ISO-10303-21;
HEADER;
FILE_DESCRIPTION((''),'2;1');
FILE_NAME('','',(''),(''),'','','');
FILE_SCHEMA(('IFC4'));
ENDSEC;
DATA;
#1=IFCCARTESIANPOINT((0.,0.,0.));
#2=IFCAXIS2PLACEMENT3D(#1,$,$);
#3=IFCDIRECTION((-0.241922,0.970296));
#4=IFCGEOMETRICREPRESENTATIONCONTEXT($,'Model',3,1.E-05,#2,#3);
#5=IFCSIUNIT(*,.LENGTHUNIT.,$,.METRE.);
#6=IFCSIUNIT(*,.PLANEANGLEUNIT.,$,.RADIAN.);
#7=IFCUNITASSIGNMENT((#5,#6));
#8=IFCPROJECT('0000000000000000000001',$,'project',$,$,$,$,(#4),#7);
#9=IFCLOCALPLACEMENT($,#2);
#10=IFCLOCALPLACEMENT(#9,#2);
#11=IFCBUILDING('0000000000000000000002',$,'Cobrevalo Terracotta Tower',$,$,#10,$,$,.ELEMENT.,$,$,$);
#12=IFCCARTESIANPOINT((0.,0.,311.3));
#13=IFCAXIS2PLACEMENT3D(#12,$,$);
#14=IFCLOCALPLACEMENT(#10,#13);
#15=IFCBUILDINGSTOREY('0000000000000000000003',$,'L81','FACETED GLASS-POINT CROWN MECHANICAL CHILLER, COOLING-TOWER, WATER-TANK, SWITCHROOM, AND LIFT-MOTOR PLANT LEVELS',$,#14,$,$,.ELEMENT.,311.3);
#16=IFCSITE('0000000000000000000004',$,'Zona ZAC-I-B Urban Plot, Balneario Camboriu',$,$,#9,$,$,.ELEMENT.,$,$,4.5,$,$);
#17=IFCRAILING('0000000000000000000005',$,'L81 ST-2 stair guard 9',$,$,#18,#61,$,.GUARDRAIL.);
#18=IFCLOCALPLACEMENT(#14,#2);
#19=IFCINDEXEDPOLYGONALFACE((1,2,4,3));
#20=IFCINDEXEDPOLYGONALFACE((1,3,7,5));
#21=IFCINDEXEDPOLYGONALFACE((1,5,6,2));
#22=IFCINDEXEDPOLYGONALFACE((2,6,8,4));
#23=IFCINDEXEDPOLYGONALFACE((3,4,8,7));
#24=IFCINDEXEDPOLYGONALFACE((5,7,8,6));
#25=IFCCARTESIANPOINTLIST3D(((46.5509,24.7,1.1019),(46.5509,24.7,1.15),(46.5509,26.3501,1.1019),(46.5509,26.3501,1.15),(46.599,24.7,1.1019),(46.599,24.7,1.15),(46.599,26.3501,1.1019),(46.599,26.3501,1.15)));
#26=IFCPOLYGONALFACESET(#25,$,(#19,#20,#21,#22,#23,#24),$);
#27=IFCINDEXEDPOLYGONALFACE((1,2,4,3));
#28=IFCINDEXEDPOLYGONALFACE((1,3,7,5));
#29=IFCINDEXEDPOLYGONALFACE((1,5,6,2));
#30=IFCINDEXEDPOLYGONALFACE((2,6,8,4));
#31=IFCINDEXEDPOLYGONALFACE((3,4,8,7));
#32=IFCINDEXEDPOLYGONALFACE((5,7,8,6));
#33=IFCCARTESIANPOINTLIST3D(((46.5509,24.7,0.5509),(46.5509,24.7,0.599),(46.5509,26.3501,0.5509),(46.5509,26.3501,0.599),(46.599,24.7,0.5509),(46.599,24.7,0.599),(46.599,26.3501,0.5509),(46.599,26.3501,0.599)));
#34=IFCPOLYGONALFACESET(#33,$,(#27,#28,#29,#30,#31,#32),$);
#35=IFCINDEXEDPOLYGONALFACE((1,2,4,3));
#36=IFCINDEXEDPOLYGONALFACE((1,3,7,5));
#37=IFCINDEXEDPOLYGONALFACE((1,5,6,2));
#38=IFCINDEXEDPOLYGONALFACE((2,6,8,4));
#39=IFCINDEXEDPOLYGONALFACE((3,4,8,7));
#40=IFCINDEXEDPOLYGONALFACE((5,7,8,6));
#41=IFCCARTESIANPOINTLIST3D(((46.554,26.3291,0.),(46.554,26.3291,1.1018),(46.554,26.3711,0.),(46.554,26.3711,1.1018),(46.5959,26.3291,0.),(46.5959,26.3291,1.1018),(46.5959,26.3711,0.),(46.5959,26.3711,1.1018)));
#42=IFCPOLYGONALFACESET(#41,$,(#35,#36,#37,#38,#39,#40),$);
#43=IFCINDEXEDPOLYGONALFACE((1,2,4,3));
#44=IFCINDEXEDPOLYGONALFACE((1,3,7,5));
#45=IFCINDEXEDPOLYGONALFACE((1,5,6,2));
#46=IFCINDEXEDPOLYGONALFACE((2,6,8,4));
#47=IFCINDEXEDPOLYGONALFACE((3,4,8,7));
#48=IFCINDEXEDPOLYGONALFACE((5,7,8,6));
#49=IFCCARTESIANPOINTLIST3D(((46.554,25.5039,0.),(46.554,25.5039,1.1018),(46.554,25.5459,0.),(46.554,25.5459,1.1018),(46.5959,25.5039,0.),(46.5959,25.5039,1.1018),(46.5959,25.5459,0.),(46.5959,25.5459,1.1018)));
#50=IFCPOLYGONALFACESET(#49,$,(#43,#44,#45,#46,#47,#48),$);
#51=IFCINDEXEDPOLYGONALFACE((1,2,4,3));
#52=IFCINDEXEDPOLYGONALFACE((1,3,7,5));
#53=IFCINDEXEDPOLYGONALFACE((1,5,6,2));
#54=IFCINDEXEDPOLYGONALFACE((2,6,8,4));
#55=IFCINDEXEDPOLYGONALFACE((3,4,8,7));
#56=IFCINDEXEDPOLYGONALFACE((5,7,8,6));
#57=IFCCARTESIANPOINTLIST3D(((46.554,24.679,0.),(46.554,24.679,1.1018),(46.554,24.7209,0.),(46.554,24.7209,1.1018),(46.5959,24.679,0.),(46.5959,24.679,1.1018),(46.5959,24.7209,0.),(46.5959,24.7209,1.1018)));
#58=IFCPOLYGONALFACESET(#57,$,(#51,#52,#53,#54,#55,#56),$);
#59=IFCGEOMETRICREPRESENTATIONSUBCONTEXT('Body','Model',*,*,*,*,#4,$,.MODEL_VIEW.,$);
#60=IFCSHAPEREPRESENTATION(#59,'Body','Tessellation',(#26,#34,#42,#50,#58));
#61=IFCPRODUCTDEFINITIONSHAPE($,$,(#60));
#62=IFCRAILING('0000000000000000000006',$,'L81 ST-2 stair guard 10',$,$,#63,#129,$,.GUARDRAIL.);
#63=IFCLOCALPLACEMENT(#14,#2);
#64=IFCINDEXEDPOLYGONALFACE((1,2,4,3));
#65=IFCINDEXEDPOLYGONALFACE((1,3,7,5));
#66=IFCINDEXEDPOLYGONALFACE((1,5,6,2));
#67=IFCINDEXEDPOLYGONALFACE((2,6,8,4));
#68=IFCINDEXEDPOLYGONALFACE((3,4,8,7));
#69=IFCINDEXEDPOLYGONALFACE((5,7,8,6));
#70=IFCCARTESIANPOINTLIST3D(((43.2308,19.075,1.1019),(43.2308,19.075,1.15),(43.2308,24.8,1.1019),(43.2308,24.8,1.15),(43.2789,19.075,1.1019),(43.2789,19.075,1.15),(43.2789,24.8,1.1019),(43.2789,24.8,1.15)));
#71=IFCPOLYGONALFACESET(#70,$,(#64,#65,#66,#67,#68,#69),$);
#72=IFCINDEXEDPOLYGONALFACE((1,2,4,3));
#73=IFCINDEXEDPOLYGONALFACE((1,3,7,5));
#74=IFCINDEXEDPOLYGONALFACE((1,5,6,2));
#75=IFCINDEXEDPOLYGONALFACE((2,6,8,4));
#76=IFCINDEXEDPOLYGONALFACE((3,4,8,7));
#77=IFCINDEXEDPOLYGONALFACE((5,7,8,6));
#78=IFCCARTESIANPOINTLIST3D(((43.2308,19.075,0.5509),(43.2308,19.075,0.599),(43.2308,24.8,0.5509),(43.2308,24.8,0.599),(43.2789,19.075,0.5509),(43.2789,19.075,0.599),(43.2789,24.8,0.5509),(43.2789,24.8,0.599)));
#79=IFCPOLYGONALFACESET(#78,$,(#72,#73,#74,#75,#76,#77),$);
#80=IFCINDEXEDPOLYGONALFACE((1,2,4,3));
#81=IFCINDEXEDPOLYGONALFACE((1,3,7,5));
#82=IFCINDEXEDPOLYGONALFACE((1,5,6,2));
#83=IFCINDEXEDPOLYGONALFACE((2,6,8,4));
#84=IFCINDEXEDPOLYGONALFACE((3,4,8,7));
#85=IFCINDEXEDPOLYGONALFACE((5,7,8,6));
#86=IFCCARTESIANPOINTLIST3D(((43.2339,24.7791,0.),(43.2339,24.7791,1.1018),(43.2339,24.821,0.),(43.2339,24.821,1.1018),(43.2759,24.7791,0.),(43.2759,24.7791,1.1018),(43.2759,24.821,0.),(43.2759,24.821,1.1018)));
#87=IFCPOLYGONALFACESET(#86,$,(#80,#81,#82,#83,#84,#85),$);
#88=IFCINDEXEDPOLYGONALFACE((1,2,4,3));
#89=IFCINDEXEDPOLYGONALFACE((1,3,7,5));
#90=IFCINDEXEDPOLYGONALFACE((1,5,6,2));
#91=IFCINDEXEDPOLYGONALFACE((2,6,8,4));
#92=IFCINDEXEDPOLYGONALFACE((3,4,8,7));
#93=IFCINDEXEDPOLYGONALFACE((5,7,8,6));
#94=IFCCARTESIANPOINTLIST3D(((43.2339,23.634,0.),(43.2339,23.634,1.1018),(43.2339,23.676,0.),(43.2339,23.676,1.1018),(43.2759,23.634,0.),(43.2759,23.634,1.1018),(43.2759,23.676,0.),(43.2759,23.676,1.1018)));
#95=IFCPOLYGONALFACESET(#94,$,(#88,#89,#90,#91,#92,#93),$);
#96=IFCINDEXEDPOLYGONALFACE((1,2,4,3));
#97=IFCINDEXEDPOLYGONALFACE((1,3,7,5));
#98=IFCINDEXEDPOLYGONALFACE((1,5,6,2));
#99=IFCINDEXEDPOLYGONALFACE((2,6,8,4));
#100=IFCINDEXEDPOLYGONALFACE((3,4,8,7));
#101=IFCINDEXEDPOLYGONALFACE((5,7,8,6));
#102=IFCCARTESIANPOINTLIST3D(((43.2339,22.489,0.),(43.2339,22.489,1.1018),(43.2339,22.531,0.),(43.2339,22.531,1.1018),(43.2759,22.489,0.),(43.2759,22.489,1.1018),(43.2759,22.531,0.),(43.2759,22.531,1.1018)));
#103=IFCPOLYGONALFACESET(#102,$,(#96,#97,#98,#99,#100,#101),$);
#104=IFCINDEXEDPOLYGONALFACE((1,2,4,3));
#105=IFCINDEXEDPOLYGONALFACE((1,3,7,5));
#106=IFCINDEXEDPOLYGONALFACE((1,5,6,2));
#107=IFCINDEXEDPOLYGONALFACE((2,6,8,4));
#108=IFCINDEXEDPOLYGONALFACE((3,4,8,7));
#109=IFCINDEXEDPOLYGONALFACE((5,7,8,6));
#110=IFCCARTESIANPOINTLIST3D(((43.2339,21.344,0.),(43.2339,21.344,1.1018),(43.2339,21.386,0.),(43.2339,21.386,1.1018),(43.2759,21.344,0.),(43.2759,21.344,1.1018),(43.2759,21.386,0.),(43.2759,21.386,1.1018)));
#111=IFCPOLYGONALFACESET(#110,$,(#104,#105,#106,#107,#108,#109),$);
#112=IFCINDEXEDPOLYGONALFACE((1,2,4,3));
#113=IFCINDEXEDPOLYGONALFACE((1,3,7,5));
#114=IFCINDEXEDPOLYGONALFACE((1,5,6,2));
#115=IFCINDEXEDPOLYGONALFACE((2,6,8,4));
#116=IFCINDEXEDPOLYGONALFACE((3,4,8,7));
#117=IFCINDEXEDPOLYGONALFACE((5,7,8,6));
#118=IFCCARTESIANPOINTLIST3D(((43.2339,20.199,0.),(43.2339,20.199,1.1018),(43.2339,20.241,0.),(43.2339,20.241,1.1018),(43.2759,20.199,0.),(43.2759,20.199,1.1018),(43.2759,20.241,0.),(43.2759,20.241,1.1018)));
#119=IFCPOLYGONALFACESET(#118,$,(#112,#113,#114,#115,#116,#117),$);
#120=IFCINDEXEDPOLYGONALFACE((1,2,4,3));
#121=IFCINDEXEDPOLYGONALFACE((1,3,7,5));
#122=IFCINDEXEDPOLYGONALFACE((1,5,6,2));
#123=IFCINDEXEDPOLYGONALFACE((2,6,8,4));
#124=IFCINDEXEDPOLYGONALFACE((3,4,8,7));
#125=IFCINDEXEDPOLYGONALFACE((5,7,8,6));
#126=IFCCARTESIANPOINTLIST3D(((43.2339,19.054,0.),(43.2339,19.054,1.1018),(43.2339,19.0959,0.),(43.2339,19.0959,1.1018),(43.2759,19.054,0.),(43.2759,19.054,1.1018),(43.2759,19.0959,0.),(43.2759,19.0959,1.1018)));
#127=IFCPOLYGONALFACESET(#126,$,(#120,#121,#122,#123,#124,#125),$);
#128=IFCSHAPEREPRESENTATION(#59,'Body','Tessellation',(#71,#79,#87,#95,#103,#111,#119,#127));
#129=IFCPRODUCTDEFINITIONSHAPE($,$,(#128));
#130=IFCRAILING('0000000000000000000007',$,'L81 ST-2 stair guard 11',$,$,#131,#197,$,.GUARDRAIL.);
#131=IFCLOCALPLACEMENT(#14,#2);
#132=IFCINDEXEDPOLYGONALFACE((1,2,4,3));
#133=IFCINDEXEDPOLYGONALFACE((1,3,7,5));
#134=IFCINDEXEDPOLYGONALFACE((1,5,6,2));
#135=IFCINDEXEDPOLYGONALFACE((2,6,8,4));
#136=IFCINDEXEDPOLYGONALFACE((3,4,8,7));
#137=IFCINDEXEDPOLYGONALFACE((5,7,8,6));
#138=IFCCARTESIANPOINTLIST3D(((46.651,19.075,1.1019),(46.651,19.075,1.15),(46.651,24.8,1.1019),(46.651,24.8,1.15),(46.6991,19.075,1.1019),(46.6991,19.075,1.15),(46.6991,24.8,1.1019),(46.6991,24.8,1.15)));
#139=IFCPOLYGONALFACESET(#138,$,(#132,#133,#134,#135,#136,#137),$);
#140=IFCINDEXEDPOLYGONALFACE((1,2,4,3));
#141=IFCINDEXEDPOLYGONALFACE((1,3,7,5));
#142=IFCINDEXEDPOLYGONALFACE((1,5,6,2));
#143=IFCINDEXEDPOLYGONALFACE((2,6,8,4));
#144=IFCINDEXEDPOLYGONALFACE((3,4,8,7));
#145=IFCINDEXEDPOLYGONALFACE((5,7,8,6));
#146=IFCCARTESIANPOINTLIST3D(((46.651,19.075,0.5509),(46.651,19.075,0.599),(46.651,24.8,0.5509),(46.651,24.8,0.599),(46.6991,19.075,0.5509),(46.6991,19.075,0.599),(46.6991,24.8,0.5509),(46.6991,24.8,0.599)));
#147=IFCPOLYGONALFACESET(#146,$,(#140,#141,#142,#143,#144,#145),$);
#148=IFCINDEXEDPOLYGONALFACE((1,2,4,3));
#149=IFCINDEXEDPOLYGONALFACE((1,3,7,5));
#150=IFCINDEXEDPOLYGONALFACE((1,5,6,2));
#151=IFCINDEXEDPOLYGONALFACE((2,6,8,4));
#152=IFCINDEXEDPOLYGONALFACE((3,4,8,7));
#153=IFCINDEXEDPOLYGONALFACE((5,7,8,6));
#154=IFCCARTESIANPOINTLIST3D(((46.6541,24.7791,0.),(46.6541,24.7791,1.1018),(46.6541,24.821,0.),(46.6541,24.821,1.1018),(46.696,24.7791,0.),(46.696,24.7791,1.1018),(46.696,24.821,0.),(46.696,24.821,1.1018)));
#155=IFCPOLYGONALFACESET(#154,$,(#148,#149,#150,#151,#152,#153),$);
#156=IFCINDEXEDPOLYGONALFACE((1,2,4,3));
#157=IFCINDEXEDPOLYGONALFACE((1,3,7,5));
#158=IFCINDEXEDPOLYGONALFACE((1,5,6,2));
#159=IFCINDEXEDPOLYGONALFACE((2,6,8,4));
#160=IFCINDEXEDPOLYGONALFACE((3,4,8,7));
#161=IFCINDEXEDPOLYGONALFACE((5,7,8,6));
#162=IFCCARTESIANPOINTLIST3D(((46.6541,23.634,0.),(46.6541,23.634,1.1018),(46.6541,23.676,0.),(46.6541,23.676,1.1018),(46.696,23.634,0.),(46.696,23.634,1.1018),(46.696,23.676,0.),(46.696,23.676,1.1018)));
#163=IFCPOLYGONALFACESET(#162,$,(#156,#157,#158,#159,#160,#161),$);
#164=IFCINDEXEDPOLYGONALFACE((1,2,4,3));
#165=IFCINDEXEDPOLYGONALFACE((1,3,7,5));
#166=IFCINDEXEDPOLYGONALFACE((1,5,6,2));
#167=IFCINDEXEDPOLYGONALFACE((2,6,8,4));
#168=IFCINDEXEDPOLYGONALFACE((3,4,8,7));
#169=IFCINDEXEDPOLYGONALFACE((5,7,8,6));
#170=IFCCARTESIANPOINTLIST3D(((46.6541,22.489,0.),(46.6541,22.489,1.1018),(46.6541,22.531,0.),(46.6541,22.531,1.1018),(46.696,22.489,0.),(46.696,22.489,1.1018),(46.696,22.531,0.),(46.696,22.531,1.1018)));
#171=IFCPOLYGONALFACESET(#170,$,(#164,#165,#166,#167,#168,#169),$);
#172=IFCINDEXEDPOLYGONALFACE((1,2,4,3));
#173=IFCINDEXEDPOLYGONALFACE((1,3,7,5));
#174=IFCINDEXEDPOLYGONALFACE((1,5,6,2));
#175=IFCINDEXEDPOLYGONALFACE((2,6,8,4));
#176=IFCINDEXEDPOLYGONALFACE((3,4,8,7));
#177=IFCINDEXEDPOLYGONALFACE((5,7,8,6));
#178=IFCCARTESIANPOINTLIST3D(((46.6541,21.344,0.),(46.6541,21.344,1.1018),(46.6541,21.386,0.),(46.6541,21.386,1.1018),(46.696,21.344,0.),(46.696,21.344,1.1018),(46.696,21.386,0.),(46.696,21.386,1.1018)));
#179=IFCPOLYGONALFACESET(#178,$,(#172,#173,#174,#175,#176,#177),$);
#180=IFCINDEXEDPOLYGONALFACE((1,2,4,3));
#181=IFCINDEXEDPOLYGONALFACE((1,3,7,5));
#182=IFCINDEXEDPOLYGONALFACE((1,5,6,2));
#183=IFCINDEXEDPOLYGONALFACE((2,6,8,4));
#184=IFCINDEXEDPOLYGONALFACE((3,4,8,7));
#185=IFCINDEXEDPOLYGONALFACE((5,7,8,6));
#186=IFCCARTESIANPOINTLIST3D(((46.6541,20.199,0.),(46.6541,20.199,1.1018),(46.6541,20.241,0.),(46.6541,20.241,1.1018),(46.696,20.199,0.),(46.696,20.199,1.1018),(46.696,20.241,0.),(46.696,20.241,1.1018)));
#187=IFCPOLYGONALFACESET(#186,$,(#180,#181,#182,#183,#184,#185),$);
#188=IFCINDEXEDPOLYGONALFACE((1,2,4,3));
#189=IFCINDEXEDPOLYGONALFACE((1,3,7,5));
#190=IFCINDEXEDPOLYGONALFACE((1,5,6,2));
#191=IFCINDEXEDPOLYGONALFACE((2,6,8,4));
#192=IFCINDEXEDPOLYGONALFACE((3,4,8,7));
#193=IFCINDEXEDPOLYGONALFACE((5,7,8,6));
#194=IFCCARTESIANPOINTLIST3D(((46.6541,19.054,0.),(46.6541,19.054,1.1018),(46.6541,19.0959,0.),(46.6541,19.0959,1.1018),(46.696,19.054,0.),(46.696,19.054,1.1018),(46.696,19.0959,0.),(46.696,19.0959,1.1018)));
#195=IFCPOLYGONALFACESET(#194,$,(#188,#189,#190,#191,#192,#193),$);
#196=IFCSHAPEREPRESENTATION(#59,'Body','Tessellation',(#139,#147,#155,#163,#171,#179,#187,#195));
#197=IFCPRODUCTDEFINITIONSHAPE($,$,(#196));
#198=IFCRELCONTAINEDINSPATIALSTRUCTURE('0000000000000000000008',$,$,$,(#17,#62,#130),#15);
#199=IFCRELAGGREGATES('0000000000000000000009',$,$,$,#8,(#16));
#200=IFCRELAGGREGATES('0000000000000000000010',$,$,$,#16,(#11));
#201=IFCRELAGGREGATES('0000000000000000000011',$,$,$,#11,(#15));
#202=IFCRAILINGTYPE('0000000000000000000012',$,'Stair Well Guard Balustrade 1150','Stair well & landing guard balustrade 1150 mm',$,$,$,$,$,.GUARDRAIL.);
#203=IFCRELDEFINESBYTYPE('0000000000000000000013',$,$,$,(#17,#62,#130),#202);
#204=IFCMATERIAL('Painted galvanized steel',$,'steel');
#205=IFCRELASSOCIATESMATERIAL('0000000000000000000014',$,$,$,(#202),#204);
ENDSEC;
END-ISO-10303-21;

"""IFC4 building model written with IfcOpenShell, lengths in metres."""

from ifc_helpers import new_model, si_unit, direction, frame, origin, origin_2d, place, context, subcontext, project, spatial, rectangle, extrude, material, type_object, element, save


model = new_model("IFC4")

# Units and contexts
model_context = context("Model", 3, precision=1e-05, world=origin(), true_north=direction((-0.241922, 0.970296)))
body_context = subcontext(model_context, "Body", "Model", "MODEL_VIEW")
ifc_project = project(units=[si_unit("LENGTHUNIT", "METRE"), si_unit("PLANEANGLEUNIT", "RADIAN")], contexts=[model_context])

# Site, building, storey
site_placement = place(None, origin())
site = spatial("IfcSite", under=ifc_project, at=site_placement, Name="Zona ZAC-I-B Urban Plot, Balneario Camboriu", CompositionType="ELEMENT", RefElevation=4.5)
building_placement = place(site_placement, origin())
building = spatial("IfcBuilding", under=site, at=building_placement, Name="Cobrevalo Terracotta Tower", CompositionType="ELEMENT")
storey_placement = place(building_placement, frame((0.0, 0.0, 311.3)))
storey = spatial("IfcBuildingStorey", under=building, at=storey_placement, Name="L81", Description="FACETED GLASS-POINT CROWN MECHANICAL CHILLER, COOLING-TOWER, WATER-TANK, SWITCHROOM, AND LIFT-MOTOR PLANT LEVELS", CompositionType="ELEMENT", Elevation=311.3)

# Railings
ifc_material_1 = material(Name="Painted galvanized steel", Category="steel")
railing_type = type_object("IfcRailingType", Name="Stair Well Guard Balustrade 1150", Description="Stair well & landing guard balustrade 1150 mm", PredefinedType="GUARDRAIL", material=ifc_material_1)
for number, where, name in (
    (1, (46.575, 26.3501, 0.0), "L81 ST-2 stair guard 9"),
):
    element("IfcRailing", number, at=place(storey_placement, frame(where)), inside=storey, type_object=railing_type, Name=name, PredefinedType="GUARDRAIL", context=body_context, shape_type="SweptSolid", body=[
        extrude(rectangle(XDim=0.0481, YDim=0.0481, at=origin_2d()), frame((0.0, 0.0, 1.126), z_axis=(0.0, -1.0, 0.0), x_axis=(1.0, 0.0, 0.0)), (0.0, 0.0, 1.0), 1.6501),
        extrude(rectangle(XDim=0.0481, YDim=0.0481, at=origin_2d()), frame((0.0, 0.0, 0.575), z_axis=(0.0, -1.0, 0.0), x_axis=(1.0, 0.0, 0.0)), (0.0, 0.0, 1.0), 1.6501),
        extrude(rectangle(XDim=0.042, YDim=0.042, at=origin_2d()), origin(), (0.0, 0.0, 1.0), 1.1018),
        extrude(rectangle(XDim=0.042, YDim=0.042, at=origin_2d()), frame((0.0, -0.8252, 0.0)), (0.0, 0.0, 1.0), 1.1018),
        extrude(rectangle(XDim=0.042, YDim=0.042, at=origin_2d()), frame((0.0, -1.6501, 0.0)), (0.0, 0.0, 1.0), 1.1018),
    ])
for number, where, name in (
    (2, (43.2549, 24.8, 0.0), "L81 ST-2 stair guard 10"),
    (3, (46.675, 24.8, 0.0), "L81 ST-2 stair guard 11"),
):
    element("IfcRailing", number, at=place(storey_placement, frame(where)), inside=storey, type_object=railing_type, Name=name, PredefinedType="GUARDRAIL", context=body_context, shape_type="SweptSolid", body=[
        extrude(rectangle(XDim=0.0481, YDim=0.0481, at=origin_2d()), frame((0.0, 0.0, 1.126), z_axis=(0.0, -1.0, 0.0), x_axis=(1.0, 0.0, 0.0)), (0.0, 0.0, 1.0), 5.7251),
        extrude(rectangle(XDim=0.0481, YDim=0.0481, at=origin_2d()), frame((0.0, 0.0, 0.575), z_axis=(0.0, -1.0, 0.0), x_axis=(1.0, 0.0, 0.0)), (0.0, 0.0, 1.0), 5.7251),
        extrude(rectangle(XDim=0.042, YDim=0.042, at=origin_2d()), origin(), (0.0, 0.0, 1.0), 1.1018),
        extrude(rectangle(XDim=0.042, YDim=0.042, at=origin_2d()), frame((0.0, -1.145, 0.0)), (0.0, 0.0, 1.0), 1.1018),
        extrude(rectangle(XDim=0.042, YDim=0.042, at=origin_2d()), frame((0.0, -2.29, 0.0)), (0.0, 0.0, 1.0), 1.1018),
        extrude(rectangle(XDim=0.042, YDim=0.042, at=origin_2d()), frame((0.0, -3.4351, 0.0)), (0.0, 0.0, 1.0), 1.1018),
        extrude(rectangle(XDim=0.042, YDim=0.042, at=origin_2d()), frame((0.0, -4.5801, 0.0)), (0.0, 0.0, 1.0), 1.1018),
        extrude(rectangle(XDim=0.042, YDim=0.042, at=origin_2d()), frame((0.0, -5.7251, 0.0)), (0.0, 0.0, 1.0), 1.1018),
    ])

save(model, "model.ifc")
